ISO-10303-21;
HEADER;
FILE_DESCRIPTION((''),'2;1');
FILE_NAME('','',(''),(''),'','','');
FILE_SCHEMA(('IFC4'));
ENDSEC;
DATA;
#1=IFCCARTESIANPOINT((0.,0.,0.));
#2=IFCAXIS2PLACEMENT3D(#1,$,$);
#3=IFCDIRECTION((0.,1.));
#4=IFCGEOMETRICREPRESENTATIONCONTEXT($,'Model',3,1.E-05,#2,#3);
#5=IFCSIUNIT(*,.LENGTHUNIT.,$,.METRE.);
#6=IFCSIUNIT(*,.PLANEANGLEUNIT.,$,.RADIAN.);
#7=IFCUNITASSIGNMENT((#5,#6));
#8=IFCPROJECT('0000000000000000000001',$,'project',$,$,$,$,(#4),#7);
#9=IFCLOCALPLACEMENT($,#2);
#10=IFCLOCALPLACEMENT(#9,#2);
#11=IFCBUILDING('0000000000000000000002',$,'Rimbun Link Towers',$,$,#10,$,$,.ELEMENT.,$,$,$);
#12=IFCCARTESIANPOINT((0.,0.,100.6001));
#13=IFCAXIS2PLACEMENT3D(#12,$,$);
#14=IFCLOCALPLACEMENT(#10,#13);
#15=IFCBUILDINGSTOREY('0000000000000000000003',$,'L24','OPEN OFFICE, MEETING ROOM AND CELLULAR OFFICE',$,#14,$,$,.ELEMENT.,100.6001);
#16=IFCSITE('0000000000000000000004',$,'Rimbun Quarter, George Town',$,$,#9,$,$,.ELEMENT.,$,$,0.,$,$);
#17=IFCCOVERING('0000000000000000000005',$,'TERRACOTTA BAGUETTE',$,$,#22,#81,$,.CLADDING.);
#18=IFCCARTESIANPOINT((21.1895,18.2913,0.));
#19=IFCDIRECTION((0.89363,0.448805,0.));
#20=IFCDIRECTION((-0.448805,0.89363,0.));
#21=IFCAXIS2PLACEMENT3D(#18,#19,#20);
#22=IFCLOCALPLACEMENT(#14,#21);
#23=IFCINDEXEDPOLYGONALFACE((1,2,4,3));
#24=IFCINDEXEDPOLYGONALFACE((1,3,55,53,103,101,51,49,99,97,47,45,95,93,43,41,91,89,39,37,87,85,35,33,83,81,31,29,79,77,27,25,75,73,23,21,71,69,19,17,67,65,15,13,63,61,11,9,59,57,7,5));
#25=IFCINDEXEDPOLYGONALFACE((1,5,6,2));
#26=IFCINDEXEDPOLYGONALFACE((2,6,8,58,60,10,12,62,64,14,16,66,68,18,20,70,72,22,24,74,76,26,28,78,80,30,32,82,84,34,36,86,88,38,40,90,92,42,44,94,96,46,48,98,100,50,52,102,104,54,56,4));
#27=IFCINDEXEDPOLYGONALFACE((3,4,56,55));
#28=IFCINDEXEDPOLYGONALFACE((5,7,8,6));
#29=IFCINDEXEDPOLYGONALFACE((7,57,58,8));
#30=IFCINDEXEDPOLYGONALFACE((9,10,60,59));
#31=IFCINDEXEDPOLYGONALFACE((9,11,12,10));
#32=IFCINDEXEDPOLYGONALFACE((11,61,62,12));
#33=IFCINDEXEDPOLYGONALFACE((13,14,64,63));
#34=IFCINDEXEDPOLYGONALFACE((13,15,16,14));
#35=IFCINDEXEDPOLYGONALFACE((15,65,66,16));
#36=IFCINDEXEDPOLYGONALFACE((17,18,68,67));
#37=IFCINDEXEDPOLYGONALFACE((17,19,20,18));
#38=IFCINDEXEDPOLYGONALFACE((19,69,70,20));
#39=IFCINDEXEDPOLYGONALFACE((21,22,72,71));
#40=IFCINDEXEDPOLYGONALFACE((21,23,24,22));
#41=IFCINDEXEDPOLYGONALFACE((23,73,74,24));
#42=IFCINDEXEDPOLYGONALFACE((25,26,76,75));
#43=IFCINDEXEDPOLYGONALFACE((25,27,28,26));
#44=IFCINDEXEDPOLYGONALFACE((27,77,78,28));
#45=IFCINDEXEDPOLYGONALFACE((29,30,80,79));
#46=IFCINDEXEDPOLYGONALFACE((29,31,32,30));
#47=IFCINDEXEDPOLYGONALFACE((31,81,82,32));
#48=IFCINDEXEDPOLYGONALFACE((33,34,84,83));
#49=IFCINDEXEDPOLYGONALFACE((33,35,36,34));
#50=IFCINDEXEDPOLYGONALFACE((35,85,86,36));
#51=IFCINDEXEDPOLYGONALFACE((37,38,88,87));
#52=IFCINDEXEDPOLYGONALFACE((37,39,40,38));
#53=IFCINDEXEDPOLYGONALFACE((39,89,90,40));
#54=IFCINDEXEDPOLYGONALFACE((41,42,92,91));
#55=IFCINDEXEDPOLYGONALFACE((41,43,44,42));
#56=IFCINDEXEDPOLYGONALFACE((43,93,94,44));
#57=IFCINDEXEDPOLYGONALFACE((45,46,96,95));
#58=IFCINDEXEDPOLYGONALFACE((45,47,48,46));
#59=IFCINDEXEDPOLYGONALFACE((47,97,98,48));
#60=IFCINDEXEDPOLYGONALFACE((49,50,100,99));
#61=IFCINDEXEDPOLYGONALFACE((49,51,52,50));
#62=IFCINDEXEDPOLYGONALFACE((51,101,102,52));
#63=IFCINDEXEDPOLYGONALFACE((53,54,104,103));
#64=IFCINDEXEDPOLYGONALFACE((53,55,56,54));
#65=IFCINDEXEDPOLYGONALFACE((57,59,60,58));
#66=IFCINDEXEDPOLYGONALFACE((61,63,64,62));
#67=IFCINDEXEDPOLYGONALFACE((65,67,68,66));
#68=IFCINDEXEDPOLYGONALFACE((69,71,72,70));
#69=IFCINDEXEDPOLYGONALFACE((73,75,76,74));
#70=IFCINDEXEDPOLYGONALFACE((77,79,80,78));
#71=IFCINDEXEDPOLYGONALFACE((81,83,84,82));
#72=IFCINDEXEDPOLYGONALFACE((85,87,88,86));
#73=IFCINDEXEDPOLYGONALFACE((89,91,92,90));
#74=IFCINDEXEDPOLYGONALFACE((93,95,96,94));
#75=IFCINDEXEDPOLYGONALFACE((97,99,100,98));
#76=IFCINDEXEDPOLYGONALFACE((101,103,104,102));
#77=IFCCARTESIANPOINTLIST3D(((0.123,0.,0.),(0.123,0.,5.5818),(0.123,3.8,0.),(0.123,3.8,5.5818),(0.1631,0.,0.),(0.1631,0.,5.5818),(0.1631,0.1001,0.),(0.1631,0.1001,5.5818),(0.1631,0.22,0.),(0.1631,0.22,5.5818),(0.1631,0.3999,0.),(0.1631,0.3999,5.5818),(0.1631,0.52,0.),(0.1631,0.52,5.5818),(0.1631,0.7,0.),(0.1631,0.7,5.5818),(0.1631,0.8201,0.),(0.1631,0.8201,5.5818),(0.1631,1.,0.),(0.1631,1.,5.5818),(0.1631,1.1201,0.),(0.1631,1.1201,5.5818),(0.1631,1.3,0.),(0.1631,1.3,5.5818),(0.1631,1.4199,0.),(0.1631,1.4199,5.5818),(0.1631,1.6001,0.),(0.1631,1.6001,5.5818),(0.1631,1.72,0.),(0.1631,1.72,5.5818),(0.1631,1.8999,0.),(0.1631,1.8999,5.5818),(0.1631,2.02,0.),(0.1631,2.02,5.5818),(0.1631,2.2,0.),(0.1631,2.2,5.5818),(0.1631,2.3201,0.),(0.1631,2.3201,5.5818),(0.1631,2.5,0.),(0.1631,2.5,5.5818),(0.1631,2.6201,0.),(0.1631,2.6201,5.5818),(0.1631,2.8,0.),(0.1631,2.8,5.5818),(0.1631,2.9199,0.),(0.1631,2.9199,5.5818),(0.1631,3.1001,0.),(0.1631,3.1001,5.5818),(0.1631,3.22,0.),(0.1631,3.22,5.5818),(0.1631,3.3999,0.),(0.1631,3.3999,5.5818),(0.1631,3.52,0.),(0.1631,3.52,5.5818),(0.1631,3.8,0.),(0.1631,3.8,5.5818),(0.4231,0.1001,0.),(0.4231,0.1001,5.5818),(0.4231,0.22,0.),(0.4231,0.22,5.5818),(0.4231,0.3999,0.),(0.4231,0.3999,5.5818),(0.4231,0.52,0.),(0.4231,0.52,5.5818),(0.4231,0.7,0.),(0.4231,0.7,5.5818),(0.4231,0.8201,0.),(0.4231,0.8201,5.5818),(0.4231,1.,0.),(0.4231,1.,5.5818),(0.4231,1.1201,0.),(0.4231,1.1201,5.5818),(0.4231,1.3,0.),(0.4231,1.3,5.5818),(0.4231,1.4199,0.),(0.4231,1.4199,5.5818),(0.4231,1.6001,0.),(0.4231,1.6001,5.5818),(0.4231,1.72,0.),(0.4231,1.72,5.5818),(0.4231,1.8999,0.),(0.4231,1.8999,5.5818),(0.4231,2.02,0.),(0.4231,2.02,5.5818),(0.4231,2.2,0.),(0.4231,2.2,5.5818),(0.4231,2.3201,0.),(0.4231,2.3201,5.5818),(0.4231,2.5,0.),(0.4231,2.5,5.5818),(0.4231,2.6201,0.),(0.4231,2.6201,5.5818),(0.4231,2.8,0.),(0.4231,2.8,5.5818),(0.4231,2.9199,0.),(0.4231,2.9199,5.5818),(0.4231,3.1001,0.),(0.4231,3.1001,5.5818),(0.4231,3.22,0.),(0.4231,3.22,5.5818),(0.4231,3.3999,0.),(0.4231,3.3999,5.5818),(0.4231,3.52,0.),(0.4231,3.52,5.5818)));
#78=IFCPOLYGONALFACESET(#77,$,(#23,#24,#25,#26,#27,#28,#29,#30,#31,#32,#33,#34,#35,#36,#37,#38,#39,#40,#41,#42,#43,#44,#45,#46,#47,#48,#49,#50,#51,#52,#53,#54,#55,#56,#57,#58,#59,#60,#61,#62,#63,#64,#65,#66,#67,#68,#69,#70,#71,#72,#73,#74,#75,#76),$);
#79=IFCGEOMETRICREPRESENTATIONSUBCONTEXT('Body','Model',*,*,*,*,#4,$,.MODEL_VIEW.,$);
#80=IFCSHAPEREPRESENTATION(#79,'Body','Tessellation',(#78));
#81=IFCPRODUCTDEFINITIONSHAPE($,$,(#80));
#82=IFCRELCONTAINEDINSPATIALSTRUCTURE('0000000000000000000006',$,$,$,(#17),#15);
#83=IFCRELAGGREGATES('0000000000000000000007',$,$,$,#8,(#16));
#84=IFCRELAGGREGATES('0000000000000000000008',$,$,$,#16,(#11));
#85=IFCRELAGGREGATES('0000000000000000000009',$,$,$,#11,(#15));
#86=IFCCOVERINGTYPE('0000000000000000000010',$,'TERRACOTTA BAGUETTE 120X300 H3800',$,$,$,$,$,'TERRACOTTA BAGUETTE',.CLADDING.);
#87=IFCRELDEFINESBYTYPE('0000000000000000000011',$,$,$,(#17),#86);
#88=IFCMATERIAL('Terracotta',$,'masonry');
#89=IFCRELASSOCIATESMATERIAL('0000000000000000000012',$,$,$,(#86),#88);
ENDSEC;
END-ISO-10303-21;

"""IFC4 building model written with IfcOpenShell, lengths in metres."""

from ifc_helpers import new_model, si_unit, direction, frame, origin, place, context, subcontext, project, spatial, polyline, outline, extrude, material, material_profile, profile_set, type_object, element, save


model = new_model("IFC4")

# Units and contexts
model_context = context("Model", 3, precision=1e-05, world=origin(), true_north=direction((0.0, 1.0)))
body_context = subcontext(model_context, "Body", "Model", "MODEL_VIEW")
ifc_project = project(units=[si_unit("LENGTHUNIT", "METRE"), si_unit("PLANEANGLEUNIT", "RADIAN")], contexts=[model_context])

# Site, building, storey
site_placement = place(None, origin())
site = spatial("IfcSite", under=ifc_project, at=site_placement, Name="Rimbun Quarter, George Town", CompositionType="ELEMENT", RefElevation=0.0)
building_placement = place(site_placement, origin())
building = spatial("IfcBuilding", under=site, at=building_placement, Name="Rimbun Link Towers", CompositionType="ELEMENT")
storey_placement = place(building_placement, frame((0.0, 0.0, 100.6001)))
storey = spatial("IfcBuildingStorey", under=building, at=storey_placement, Name="L24", Description="OPEN OFFICE, MEETING ROOM AND CELLULAR OFFICE", CompositionType="ELEMENT", Elevation=100.6001)

# Covering
ifc_material_1 = material(Name="Terracotta", Category="masonry")
ifc_material_profile_1 = material_profile(ifc_material_1, outline(polyline([(0.123, 0.0), (0.1631, 0.0), (0.1631, 0.1001), (0.4231, 0.1001), (0.4231, 0.22), (0.1631, 0.22), (0.1631, 0.3999), (0.4231, 0.3999), (0.4231, 0.52), (0.1631, 0.52), (0.1631, 0.7), (0.4231, 0.7), (0.4231, 0.8201), (0.1631, 0.8201), (0.1631, 1.0), (0.4231, 1.0), (0.4231, 1.1201), (0.1631, 1.1201), (0.1631, 1.3), (0.4231, 1.3), (0.4231, 1.4199), (0.1631, 1.4199), (0.1631, 1.6001), (0.4231, 1.6001), (0.4231, 1.72), (0.1631, 1.72), (0.1631, 1.8999), (0.4231, 1.8999), (0.4231, 2.02), (0.1631, 2.02), (0.1631, 2.2), (0.4231, 2.2), (0.4231, 2.3201), (0.1631, 2.3201), (0.1631, 2.5), (0.4231, 2.5), (0.4231, 2.6201), (0.1631, 2.6201), (0.1631, 2.8), (0.4231, 2.8), (0.4231, 2.9199), (0.1631, 2.9199), (0.1631, 3.1001), (0.4231, 3.1001), (0.4231, 3.22), (0.1631, 3.22), (0.1631, 3.3999), (0.4231, 3.3999), (0.4231, 3.52), (0.1631, 3.52), (0.1631, 3.8), (0.123, 3.8), (0.123, 0.0)])), Name="BAGUETTE 120X300")
ifc_profile_set_1 = profile_set([ifc_material_profile_1], Name="Terracotta")
covering_type = type_object("IfcCoveringType", Name="TERRACOTTA BAGUETTE 120X300 H3800", ElementType="TERRACOTTA BAGUETTE", PredefinedType="CLADDING", material=ifc_profile_set_1)
covering_1_placement = place(storey_placement, frame((21.1895, 18.2913, 0.0), z_axis=(0.89363, 0.448805, 0.0), x_axis=(-0.448805, 0.89363, 0.0)))
element("IfcCovering", 1, at=covering_1_placement, inside=storey, type_object=covering_type, Name="TERRACOTTA BAGUETTE", PredefinedType="CLADDING", context=body_context, shape_type="SweptSolid", body=[
    extrude(outline(polyline([(0.123, 0.0), (0.1631, 0.0), (0.1631, 0.1001), (0.4231, 0.1001), (0.4231, 0.22), (0.1631, 0.22), (0.1631, 0.3999), (0.4231, 0.3999), (0.4231, 0.52), (0.1631, 0.52), (0.1631, 0.7), (0.4231, 0.7), (0.4231, 0.8201), (0.1631, 0.8201), (0.1631, 1.0), (0.4231, 1.0), (0.4231, 1.1201), (0.1631, 1.1201), (0.1631, 1.3), (0.4231, 1.3), (0.4231, 1.4199), (0.1631, 1.4199), (0.1631, 1.6001), (0.4231, 1.6001), (0.4231, 1.72), (0.1631, 1.72), (0.1631, 1.8999), (0.4231, 1.8999), (0.4231, 2.02), (0.1631, 2.02), (0.1631, 2.2), (0.4231, 2.2), (0.4231, 2.3201), (0.1631, 2.3201), (0.1631, 2.5), (0.4231, 2.5), (0.4231, 2.6201), (0.1631, 2.6201), (0.1631, 2.8), (0.4231, 2.8), (0.4231, 2.9199), (0.1631, 2.9199), (0.1631, 3.1001), (0.4231, 3.1001), (0.4231, 3.22), (0.1631, 3.22), (0.1631, 3.3999), (0.4231, 3.3999), (0.4231, 3.52), (0.1631, 3.52), (0.1631, 3.8), (0.123, 3.8), (0.123, 0.0)])), origin(), (0.0, 0.0, 1.0), 5.5818),
])

save(model, "model.ifc")
